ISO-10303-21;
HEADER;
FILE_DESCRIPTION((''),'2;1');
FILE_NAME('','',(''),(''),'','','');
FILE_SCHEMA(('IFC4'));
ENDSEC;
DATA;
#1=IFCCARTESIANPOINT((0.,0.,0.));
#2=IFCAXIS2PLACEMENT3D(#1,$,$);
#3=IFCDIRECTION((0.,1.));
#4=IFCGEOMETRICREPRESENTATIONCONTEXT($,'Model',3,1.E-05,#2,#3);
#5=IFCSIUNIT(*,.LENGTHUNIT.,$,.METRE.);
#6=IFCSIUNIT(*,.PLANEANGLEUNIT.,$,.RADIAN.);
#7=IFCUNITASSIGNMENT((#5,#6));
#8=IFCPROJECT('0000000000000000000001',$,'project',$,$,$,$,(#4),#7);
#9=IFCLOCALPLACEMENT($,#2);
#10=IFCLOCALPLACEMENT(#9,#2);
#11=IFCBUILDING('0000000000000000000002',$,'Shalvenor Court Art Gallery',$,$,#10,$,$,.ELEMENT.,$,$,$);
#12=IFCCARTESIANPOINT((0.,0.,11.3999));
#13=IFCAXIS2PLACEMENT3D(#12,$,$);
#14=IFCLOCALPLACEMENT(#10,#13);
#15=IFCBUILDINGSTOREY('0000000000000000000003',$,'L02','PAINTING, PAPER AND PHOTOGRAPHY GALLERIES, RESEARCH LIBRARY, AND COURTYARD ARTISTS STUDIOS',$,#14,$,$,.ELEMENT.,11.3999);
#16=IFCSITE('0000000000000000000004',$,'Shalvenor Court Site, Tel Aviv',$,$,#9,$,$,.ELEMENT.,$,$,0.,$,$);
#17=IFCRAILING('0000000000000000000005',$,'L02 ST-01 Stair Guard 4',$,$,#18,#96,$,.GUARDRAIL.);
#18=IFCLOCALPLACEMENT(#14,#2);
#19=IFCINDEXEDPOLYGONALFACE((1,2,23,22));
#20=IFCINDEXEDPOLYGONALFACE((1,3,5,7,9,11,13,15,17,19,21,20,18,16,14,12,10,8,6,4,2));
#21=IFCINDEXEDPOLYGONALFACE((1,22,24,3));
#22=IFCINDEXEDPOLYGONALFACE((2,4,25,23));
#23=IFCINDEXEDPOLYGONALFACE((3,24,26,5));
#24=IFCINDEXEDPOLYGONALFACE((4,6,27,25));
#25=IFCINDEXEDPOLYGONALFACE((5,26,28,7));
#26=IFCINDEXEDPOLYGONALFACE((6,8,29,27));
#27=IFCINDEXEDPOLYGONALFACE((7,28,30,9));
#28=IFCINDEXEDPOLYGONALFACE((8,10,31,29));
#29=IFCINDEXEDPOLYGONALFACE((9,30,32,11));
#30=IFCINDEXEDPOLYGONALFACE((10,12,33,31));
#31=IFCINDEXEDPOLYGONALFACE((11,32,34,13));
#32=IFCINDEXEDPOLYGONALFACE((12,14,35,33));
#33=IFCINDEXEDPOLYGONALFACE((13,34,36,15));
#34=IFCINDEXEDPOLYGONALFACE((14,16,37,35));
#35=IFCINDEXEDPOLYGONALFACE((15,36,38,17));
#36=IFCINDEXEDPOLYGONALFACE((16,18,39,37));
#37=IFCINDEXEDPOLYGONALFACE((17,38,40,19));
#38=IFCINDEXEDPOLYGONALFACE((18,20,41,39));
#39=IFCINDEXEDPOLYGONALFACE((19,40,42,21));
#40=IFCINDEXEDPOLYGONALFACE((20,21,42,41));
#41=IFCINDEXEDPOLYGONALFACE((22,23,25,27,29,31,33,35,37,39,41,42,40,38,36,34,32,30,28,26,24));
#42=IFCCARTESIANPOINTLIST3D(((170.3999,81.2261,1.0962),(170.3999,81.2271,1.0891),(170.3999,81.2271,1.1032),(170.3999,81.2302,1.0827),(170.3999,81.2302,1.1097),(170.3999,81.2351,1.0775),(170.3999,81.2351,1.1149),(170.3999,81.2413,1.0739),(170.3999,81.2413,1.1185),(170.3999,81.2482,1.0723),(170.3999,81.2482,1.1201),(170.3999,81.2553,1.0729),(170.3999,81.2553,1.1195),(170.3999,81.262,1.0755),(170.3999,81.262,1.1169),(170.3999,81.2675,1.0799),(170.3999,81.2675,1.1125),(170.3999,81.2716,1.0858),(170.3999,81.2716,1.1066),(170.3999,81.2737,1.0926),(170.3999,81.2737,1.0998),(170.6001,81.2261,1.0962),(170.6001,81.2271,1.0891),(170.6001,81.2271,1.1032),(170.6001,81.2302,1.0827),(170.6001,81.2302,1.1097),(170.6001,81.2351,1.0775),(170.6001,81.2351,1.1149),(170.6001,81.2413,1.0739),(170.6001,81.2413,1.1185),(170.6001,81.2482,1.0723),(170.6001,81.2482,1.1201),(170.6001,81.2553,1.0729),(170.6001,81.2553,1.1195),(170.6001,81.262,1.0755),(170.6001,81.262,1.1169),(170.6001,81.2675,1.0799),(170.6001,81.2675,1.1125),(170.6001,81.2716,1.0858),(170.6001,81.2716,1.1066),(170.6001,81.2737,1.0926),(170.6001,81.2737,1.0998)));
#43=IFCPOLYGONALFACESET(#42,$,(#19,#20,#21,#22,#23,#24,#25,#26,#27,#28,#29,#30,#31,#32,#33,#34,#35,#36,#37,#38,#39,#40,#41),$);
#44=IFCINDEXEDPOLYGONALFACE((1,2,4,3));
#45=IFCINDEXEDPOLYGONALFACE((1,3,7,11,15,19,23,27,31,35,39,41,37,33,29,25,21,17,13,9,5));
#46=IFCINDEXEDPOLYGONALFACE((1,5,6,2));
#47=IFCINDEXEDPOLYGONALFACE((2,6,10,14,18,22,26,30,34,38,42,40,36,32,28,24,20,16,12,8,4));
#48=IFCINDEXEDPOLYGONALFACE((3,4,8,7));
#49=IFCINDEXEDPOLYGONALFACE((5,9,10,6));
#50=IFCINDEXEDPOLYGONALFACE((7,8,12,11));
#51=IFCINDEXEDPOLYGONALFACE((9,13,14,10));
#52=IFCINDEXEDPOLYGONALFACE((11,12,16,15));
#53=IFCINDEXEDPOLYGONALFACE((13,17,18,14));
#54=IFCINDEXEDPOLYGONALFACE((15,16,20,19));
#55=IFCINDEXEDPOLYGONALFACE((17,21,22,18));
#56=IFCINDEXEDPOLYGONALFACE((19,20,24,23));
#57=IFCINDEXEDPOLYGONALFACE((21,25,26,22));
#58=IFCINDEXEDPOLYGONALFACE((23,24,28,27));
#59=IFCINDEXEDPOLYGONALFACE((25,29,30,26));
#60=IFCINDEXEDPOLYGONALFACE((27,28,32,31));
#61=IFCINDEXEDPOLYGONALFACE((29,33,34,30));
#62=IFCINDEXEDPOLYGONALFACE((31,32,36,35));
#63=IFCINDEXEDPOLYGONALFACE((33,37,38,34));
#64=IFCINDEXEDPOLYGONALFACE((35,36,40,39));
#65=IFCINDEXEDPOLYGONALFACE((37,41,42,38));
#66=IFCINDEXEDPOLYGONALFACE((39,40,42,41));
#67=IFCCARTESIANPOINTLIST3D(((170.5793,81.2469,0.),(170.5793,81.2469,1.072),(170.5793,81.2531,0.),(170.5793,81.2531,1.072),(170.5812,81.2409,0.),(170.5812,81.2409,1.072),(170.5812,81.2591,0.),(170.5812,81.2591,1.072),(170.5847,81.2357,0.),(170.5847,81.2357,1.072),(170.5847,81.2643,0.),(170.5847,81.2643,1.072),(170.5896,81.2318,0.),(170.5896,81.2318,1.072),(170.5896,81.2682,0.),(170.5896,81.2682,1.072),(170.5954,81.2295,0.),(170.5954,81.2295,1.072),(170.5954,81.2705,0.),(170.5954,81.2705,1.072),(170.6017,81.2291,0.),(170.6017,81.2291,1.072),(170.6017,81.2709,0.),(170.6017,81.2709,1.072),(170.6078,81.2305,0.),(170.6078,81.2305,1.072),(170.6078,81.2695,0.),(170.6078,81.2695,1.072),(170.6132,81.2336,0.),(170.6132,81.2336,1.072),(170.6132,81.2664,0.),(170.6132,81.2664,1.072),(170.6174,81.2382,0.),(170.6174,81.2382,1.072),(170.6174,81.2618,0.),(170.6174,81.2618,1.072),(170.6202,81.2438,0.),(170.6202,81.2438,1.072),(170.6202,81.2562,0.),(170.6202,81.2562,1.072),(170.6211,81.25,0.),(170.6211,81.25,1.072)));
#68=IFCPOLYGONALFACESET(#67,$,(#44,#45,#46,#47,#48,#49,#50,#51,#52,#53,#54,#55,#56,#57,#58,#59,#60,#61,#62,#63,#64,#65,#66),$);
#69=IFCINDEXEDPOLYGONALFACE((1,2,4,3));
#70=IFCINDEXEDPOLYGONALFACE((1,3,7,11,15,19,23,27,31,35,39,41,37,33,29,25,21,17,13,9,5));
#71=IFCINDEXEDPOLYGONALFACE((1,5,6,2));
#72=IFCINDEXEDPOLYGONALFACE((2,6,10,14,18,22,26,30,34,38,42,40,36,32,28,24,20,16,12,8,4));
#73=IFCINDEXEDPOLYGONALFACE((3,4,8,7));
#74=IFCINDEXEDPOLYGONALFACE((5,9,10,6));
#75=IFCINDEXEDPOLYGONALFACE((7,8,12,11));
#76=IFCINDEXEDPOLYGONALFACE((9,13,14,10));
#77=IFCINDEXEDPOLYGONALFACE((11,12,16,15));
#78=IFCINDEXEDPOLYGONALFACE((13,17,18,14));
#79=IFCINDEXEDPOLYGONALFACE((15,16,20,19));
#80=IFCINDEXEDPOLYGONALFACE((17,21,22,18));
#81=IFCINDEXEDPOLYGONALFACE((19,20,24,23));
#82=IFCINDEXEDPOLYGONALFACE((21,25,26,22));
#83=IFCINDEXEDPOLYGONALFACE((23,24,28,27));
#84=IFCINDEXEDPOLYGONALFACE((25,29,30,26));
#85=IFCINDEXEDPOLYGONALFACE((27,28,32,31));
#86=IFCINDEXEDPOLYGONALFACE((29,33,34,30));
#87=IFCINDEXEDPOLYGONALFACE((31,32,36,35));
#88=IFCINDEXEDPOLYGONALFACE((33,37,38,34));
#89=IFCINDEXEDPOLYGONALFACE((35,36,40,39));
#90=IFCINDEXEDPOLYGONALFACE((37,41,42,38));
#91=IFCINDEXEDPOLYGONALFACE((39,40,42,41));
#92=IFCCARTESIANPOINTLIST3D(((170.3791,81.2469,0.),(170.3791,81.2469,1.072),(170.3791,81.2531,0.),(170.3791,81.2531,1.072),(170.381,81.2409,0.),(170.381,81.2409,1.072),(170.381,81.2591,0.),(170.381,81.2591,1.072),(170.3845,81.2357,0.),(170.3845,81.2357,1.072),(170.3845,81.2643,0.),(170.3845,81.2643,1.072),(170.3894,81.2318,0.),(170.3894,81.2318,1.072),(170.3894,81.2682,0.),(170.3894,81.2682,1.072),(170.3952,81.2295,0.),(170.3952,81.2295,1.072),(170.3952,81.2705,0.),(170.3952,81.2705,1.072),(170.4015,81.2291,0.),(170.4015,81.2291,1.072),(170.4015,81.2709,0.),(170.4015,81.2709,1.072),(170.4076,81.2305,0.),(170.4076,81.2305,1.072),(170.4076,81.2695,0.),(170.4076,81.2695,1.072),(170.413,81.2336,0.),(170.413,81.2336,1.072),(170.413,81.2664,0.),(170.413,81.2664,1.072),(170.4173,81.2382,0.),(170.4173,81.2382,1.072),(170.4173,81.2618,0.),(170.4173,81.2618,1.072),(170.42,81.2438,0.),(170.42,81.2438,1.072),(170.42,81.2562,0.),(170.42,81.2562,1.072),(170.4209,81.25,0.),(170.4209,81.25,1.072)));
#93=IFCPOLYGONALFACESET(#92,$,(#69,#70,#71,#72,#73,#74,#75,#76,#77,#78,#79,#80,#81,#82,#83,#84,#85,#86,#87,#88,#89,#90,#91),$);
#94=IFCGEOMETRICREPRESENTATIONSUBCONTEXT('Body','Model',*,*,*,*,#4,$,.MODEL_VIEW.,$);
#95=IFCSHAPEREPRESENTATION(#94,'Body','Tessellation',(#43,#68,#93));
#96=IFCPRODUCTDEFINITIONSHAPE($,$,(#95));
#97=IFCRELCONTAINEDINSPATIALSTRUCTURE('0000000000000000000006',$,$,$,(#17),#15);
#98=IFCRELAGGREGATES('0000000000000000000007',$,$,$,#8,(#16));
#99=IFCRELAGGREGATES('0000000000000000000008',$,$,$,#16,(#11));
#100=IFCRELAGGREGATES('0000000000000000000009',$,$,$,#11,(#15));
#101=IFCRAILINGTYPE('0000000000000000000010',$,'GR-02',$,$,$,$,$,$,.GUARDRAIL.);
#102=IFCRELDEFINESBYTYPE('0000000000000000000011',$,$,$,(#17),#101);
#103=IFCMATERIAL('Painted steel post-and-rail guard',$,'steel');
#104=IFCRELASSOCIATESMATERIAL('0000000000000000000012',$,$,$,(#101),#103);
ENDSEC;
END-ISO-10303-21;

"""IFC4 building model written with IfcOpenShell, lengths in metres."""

from ifc_helpers import new_model, si_unit, direction, frame, origin, origin_2d, place, context, subcontext, project, spatial, circle, extrude, material, type_object, element, save


model = new_model("IFC4")

# Units and contexts
model_context = context("Model", 3, precision=1e-05, world=origin(), true_north=direction((0.0, 1.0)))
body_context = subcontext(model_context, "Body", "Model", "MODEL_VIEW")
ifc_project = project(units=[si_unit("LENGTHUNIT", "METRE"), si_unit("PLANEANGLEUNIT", "RADIAN")], contexts=[model_context])

# Site, building, storey
site_placement = place(None, origin())
site = spatial("IfcSite", under=ifc_project, at=site_placement, Name="Shalvenor Court Site, Tel Aviv", CompositionType="ELEMENT", RefElevation=0.0)
building_placement = place(site_placement, origin())
building = spatial("IfcBuilding", under=site, at=building_placement, Name="Shalvenor Court Art Gallery", CompositionType="ELEMENT")
storey_placement = place(building_placement, frame((0.0, 0.0, 11.3999)))
storey = spatial("IfcBuildingStorey", under=building, at=storey_placement, Name="L02", Description="PAINTING, PAPER AND PHOTOGRAPHY GALLERIES, RESEARCH LIBRARY, AND COURTYARD ARTISTS STUDIOS", CompositionType="ELEMENT", Elevation=11.3999)

# Railing
ifc_material_1 = material(Name="Painted steel post-and-rail guard", Category="steel")
railing_type_1 = type_object("IfcRailingType", Name="GR-02", PredefinedType="GUARDRAIL", material=ifc_material_1)
railing_1_placement = place(storey_placement, frame((170.6001, 81.25, 0.0)))
element("IfcRailing", 1, at=railing_1_placement, inside=storey, type_object=railing_type_1, Name="L02 ST-01 Stair Guard 4", PredefinedType="GUARDRAIL", context=body_context, shape_type="SweptSolid", body=[
    extrude(circle(Radius=0.0239, at=origin_2d()), frame((0.0, 0.0, 1.0962), z_axis=(-1.0, 0.0, 0.0), x_axis=(0.0, -1.0, 0.0)), (0.0, 0.0, 1.0), 0.2002),
    extrude(circle(Radius=0.021, at=origin_2d()), origin(), (0.0, 0.0, 1.0), 1.072),
    extrude(circle(Radius=0.021, at=origin_2d()), frame((-0.2002, 0.0, 0.0)), (0.0, 0.0, 1.0), 1.072),
])

save(model, "model.ifc")
